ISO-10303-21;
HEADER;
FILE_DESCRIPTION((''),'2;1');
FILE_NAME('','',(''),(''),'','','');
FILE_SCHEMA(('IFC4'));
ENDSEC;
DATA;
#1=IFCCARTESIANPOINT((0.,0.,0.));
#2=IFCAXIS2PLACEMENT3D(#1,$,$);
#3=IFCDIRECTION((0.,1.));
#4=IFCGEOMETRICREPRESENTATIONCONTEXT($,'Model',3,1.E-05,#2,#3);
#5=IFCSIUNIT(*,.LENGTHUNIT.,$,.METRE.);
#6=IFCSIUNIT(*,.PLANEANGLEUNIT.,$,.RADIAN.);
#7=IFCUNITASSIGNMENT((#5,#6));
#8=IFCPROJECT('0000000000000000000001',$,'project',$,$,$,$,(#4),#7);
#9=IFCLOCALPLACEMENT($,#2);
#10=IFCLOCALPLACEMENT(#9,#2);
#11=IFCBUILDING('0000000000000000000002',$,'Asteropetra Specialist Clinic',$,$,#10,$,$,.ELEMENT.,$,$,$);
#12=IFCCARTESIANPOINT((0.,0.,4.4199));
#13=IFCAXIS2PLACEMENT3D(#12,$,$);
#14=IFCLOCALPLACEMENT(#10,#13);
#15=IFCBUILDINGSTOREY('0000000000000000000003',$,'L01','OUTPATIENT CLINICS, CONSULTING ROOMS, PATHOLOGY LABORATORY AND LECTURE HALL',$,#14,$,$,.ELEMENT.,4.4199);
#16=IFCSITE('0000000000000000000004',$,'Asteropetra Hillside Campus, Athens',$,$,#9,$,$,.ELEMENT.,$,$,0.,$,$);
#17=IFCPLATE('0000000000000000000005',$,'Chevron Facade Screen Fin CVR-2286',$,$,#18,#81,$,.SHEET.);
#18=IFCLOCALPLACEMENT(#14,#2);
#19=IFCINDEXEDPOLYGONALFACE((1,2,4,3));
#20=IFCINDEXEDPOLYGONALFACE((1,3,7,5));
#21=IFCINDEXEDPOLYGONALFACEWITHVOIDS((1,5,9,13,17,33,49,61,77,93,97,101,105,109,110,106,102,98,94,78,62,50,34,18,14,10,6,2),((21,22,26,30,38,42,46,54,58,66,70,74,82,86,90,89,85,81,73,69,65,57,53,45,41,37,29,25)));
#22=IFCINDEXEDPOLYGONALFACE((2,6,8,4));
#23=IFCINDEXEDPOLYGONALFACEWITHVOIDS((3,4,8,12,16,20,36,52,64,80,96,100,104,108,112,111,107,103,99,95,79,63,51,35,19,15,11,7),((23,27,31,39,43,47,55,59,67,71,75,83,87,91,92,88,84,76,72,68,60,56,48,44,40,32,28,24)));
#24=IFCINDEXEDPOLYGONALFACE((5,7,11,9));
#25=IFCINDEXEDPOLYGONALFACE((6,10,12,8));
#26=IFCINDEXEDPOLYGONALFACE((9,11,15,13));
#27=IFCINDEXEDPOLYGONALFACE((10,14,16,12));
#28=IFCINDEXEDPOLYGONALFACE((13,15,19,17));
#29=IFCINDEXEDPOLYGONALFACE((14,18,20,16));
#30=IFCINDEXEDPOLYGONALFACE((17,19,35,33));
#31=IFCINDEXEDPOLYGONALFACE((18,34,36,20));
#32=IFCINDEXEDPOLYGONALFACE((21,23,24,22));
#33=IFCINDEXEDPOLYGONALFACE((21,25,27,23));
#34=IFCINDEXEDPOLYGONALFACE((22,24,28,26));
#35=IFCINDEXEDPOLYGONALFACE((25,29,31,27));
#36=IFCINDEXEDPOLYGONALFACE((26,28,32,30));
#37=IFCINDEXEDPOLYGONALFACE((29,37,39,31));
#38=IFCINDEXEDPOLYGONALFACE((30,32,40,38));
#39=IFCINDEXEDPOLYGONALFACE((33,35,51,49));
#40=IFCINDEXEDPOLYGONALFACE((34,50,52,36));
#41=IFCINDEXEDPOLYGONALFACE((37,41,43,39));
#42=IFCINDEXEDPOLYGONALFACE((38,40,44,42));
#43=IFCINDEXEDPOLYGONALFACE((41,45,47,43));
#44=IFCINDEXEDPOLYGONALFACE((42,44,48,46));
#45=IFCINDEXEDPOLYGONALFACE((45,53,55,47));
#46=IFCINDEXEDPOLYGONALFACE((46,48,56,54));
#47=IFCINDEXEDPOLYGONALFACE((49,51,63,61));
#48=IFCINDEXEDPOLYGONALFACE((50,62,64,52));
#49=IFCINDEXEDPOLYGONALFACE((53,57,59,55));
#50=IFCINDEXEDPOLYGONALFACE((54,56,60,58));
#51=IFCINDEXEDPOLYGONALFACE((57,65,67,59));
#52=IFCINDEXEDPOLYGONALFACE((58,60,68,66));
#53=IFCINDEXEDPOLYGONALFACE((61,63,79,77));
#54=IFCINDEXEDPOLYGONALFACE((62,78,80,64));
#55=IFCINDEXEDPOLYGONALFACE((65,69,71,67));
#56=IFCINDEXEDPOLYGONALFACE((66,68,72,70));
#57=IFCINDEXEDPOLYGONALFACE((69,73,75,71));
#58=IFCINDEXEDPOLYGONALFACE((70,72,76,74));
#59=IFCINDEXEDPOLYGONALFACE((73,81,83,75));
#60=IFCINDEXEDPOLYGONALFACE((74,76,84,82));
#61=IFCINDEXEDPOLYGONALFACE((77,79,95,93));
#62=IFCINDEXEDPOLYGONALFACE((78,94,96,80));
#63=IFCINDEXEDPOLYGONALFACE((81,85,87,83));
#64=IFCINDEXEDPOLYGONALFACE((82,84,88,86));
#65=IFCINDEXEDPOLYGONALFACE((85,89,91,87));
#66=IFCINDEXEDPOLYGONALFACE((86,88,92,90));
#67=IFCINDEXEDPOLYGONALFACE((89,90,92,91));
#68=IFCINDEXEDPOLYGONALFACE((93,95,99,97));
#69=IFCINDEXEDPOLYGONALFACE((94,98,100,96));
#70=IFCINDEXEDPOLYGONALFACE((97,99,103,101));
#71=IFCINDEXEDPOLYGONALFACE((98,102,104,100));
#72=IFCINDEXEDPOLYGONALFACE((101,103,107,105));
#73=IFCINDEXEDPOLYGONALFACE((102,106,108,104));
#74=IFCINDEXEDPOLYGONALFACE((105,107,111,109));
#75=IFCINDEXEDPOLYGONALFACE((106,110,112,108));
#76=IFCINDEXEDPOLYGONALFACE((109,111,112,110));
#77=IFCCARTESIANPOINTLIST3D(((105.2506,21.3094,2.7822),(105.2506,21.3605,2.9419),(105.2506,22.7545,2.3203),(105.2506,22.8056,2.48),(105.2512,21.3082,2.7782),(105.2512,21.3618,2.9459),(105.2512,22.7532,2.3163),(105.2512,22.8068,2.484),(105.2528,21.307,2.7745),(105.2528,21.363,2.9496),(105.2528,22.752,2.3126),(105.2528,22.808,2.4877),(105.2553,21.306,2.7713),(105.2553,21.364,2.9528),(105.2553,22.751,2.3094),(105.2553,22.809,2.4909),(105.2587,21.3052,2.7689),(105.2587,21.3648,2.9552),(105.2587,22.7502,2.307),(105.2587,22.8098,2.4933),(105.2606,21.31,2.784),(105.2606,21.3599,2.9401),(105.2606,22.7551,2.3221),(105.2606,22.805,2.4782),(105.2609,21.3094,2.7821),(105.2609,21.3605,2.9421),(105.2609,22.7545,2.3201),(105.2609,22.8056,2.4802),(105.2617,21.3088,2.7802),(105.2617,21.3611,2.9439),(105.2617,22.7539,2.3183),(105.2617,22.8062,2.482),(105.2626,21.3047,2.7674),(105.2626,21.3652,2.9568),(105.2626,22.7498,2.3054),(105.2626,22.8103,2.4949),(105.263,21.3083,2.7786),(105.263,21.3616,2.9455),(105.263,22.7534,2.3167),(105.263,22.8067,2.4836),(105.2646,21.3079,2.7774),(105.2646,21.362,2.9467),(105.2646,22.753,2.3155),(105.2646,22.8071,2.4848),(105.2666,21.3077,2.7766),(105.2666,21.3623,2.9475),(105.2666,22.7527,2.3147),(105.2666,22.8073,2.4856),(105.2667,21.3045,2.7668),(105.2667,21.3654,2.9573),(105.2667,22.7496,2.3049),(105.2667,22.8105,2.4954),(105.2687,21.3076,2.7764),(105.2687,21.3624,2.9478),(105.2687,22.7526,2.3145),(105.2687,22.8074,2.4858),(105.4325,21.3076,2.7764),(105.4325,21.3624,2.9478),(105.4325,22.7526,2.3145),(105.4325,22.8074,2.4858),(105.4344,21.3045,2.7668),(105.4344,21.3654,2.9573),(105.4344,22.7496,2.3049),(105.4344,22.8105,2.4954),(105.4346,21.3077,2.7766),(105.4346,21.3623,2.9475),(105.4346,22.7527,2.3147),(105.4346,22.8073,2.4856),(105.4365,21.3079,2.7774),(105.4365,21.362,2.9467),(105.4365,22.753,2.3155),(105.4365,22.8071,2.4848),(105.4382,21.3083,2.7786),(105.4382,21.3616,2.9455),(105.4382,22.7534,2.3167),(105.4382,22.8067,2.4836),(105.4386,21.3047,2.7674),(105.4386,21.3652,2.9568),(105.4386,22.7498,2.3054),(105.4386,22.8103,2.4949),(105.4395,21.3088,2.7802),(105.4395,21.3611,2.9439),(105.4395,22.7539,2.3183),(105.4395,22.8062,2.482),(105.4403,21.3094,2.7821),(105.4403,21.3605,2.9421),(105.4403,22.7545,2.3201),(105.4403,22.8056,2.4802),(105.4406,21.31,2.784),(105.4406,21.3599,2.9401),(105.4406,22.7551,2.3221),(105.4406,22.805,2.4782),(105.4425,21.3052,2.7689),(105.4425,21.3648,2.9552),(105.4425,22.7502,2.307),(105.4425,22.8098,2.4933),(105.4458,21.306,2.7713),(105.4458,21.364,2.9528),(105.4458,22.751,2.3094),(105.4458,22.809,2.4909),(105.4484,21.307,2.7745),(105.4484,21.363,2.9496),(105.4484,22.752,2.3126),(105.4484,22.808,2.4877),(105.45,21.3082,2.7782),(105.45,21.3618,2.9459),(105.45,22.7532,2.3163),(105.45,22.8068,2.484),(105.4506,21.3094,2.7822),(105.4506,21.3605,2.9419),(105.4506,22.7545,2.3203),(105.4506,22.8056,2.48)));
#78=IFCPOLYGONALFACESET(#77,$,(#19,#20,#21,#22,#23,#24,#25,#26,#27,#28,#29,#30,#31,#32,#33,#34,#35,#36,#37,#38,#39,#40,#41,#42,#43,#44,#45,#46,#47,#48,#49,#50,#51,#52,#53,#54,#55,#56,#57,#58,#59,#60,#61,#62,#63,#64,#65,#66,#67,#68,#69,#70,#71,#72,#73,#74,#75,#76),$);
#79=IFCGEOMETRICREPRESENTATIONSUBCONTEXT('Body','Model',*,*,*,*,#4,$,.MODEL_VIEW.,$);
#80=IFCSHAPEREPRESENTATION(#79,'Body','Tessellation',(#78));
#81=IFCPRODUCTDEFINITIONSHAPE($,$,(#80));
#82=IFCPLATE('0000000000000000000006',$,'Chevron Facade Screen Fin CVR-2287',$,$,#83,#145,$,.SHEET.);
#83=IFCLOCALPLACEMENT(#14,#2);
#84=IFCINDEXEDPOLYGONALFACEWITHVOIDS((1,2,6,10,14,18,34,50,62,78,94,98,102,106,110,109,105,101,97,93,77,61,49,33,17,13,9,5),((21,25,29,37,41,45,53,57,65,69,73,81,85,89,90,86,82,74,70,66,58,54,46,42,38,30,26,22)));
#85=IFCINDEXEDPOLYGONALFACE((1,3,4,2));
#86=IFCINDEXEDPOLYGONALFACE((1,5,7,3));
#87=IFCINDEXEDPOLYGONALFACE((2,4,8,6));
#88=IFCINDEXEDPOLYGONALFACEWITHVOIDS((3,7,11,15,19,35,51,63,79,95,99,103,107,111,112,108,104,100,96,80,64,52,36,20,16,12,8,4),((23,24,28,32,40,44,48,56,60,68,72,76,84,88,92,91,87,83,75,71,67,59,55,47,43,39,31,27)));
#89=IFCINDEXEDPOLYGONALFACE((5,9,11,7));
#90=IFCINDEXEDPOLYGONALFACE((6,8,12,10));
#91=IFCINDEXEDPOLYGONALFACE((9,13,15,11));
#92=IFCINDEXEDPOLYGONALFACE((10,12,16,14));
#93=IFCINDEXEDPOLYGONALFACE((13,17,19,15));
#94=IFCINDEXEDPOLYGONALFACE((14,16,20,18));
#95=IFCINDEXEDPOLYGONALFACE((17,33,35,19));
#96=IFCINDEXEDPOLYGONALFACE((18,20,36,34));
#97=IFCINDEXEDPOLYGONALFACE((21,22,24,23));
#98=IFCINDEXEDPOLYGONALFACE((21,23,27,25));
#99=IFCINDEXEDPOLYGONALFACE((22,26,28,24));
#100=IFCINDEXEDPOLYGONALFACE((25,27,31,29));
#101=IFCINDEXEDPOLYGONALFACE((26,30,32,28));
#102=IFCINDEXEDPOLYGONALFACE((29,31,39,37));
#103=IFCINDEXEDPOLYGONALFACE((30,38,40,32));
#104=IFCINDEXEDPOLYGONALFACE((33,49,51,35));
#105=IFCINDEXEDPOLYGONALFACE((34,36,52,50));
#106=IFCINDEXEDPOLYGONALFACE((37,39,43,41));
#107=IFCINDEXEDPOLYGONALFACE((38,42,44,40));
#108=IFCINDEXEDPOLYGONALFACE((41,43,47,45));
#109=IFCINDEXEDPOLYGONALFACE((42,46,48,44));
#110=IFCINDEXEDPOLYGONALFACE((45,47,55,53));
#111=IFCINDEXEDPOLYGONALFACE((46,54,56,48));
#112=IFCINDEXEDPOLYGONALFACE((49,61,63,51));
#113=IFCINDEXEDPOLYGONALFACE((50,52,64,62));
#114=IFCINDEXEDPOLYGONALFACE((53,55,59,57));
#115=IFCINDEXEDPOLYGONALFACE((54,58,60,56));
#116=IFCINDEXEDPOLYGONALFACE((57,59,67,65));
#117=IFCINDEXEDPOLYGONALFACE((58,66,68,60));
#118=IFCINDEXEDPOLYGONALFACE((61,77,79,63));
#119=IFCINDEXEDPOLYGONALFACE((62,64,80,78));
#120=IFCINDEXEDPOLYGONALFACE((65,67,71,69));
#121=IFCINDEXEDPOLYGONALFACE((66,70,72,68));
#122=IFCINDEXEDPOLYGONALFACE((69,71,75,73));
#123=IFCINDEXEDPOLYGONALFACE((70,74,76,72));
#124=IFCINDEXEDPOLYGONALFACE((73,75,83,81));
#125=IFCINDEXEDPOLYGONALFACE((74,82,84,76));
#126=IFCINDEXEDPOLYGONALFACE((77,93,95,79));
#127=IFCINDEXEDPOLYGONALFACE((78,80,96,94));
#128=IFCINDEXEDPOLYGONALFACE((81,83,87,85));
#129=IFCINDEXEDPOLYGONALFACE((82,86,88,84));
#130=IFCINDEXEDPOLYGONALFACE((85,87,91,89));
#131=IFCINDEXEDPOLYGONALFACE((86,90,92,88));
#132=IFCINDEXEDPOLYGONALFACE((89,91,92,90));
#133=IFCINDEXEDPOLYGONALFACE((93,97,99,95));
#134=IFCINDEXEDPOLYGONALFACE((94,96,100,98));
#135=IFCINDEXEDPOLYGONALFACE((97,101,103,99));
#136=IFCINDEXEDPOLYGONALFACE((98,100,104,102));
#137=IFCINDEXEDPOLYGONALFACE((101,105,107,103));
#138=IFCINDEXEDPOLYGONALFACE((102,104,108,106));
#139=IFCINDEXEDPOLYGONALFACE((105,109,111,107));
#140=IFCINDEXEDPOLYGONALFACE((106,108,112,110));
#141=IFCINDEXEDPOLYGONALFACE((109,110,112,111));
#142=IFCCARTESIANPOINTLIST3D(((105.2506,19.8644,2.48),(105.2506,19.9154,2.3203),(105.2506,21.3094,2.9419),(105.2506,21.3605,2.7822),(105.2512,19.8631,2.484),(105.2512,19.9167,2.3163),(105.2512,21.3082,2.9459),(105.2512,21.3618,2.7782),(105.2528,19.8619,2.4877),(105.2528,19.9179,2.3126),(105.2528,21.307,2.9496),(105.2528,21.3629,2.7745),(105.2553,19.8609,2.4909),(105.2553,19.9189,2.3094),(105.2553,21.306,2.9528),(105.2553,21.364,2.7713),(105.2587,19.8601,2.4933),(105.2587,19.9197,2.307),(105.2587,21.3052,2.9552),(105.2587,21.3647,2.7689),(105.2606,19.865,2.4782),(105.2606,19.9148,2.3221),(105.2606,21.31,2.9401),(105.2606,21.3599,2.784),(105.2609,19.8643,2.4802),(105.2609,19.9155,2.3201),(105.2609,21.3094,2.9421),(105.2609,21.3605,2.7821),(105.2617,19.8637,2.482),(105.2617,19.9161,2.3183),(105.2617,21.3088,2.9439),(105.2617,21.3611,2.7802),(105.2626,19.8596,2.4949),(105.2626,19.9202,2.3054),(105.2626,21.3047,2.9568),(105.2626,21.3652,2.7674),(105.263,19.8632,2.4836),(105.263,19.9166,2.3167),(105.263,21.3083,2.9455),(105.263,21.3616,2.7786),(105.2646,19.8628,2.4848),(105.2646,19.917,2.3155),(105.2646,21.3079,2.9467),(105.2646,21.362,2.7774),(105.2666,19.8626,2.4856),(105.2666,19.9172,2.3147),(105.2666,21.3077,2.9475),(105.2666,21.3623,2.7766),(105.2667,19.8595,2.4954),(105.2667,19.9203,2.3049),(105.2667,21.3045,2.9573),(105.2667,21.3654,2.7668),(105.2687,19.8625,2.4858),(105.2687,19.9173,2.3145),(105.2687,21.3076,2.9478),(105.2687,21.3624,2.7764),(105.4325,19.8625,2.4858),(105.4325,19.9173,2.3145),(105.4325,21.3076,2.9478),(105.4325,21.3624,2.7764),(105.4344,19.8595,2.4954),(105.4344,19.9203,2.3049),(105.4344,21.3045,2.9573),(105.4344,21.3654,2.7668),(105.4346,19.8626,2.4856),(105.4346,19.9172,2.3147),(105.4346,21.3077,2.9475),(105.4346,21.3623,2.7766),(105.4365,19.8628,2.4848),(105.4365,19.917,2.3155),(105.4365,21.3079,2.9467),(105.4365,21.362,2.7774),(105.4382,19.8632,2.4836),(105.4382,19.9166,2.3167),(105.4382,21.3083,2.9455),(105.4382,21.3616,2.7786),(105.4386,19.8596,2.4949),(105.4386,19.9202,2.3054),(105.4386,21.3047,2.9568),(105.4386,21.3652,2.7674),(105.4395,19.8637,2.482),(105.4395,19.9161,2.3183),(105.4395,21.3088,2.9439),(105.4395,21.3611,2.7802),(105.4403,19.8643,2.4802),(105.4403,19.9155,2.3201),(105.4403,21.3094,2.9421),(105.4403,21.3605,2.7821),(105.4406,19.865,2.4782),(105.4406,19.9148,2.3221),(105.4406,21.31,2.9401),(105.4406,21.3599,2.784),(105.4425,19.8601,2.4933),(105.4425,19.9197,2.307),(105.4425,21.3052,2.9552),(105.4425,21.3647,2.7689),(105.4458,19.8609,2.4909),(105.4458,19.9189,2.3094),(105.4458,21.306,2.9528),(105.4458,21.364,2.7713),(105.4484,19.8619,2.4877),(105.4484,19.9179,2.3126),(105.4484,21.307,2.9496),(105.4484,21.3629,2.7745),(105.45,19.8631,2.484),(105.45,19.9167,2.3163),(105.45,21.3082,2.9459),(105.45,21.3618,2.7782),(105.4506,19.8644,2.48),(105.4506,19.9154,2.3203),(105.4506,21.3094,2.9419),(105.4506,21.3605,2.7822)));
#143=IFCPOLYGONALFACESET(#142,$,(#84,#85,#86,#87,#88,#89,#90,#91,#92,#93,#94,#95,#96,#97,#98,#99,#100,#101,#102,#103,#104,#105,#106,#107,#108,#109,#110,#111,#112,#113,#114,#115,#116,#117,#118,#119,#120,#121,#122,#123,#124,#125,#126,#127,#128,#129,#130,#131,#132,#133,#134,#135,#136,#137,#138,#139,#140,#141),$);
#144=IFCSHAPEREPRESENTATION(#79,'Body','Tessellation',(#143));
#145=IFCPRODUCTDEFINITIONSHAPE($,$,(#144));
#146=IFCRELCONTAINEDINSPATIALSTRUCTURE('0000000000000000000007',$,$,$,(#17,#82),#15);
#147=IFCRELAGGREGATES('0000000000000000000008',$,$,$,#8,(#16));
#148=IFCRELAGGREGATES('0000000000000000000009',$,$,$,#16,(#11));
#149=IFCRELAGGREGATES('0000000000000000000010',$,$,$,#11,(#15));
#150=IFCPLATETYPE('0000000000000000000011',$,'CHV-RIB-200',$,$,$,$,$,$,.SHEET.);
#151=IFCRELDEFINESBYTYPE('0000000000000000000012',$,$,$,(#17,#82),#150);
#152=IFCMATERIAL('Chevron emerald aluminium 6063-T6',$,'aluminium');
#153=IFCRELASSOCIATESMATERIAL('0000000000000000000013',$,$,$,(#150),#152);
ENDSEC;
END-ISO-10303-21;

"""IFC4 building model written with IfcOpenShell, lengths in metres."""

from ifc_helpers import new_model, si_unit, direction, frame, origin, origin_2d, place, context, subcontext, project, spatial, hollow_rectangle, extrude, material, material_profile, profile_set, type_object, element, save


model = new_model("IFC4")

# Units and contexts
model_context = context("Model", 3, precision=1e-05, world=origin(), true_north=direction((0.0, 1.0)))
body_context = subcontext(model_context, "Body", "Model", "MODEL_VIEW")
ifc_project = project(units=[si_unit("LENGTHUNIT", "METRE"), si_unit("PLANEANGLEUNIT", "RADIAN")], contexts=[model_context])

# Site, building, storey
site_placement = place(None, origin())
site = spatial("IfcSite", under=ifc_project, at=site_placement, Name="Asteropetra Hillside Campus, Athens", CompositionType="ELEMENT", RefElevation=0.0)
building_placement = place(site_placement, origin())
building = spatial("IfcBuilding", under=site, at=building_placement, Name="Asteropetra Specialist Clinic", CompositionType="ELEMENT")
storey_placement = place(building_placement, frame((0.0, 0.0, 4.4199)))
storey = spatial("IfcBuildingStorey", under=building, at=storey_placement, Name="L01", Description="OUTPATIENT CLINICS, CONSULTING ROOMS, PATHOLOGY LABORATORY AND LECTURE HALL", CompositionType="ELEMENT", Elevation=4.4199)

# Plates
ifc_material_1 = material(Name="Chevron emerald aluminium 6063-T6", Category="aluminium")
ifc_material_profile = material_profile(ifc_material_1, hollow_rectangle(XDim=0.2, YDim=0.2, WallThickness=0.01, InnerFilletRadius=0.0081, OuterFilletRadius=0.0161, at=origin_2d()), Name="SHS 200x200x10.0")
ifc_profile_set = profile_set([ifc_material_profile], Name="Chevron emerald aluminium 6063-T6")
plate_type = type_object("IfcPlateType", Name="CHV-RIB-200", PredefinedType="SHEET", material=ifc_profile_set)
for number, where, z_axis, x_axis, name in (
    (1, (105.3506, 22.78, 2.4001), (0.0, -0.952521, 0.304472), (1.0, 0.0, 0.0), "Chevron Facade Screen Fin CVR-2286"),
    (2, (105.3506, 21.335, 2.8621), (0.0, -0.952521, -0.304472), (1.0, 0.0, 0.0), "Chevron Facade Screen Fin CVR-2287"),
):
    element("IfcPlate", number, at=place(storey_placement, frame(where, z_axis=z_axis, x_axis=x_axis)), inside=storey, type_object=plate_type, Name=name, PredefinedType="SHEET", context=body_context, shape_type="SweptSolid", body=[
        extrude(hollow_rectangle(XDim=0.2, YDim=0.2, WallThickness=0.01, InnerFilletRadius=0.0081, OuterFilletRadius=0.0161, at=origin_2d()), origin(), (0.0, 0.0, 1.0), 1.5171),
    ])

save(model, "model.ifc")
